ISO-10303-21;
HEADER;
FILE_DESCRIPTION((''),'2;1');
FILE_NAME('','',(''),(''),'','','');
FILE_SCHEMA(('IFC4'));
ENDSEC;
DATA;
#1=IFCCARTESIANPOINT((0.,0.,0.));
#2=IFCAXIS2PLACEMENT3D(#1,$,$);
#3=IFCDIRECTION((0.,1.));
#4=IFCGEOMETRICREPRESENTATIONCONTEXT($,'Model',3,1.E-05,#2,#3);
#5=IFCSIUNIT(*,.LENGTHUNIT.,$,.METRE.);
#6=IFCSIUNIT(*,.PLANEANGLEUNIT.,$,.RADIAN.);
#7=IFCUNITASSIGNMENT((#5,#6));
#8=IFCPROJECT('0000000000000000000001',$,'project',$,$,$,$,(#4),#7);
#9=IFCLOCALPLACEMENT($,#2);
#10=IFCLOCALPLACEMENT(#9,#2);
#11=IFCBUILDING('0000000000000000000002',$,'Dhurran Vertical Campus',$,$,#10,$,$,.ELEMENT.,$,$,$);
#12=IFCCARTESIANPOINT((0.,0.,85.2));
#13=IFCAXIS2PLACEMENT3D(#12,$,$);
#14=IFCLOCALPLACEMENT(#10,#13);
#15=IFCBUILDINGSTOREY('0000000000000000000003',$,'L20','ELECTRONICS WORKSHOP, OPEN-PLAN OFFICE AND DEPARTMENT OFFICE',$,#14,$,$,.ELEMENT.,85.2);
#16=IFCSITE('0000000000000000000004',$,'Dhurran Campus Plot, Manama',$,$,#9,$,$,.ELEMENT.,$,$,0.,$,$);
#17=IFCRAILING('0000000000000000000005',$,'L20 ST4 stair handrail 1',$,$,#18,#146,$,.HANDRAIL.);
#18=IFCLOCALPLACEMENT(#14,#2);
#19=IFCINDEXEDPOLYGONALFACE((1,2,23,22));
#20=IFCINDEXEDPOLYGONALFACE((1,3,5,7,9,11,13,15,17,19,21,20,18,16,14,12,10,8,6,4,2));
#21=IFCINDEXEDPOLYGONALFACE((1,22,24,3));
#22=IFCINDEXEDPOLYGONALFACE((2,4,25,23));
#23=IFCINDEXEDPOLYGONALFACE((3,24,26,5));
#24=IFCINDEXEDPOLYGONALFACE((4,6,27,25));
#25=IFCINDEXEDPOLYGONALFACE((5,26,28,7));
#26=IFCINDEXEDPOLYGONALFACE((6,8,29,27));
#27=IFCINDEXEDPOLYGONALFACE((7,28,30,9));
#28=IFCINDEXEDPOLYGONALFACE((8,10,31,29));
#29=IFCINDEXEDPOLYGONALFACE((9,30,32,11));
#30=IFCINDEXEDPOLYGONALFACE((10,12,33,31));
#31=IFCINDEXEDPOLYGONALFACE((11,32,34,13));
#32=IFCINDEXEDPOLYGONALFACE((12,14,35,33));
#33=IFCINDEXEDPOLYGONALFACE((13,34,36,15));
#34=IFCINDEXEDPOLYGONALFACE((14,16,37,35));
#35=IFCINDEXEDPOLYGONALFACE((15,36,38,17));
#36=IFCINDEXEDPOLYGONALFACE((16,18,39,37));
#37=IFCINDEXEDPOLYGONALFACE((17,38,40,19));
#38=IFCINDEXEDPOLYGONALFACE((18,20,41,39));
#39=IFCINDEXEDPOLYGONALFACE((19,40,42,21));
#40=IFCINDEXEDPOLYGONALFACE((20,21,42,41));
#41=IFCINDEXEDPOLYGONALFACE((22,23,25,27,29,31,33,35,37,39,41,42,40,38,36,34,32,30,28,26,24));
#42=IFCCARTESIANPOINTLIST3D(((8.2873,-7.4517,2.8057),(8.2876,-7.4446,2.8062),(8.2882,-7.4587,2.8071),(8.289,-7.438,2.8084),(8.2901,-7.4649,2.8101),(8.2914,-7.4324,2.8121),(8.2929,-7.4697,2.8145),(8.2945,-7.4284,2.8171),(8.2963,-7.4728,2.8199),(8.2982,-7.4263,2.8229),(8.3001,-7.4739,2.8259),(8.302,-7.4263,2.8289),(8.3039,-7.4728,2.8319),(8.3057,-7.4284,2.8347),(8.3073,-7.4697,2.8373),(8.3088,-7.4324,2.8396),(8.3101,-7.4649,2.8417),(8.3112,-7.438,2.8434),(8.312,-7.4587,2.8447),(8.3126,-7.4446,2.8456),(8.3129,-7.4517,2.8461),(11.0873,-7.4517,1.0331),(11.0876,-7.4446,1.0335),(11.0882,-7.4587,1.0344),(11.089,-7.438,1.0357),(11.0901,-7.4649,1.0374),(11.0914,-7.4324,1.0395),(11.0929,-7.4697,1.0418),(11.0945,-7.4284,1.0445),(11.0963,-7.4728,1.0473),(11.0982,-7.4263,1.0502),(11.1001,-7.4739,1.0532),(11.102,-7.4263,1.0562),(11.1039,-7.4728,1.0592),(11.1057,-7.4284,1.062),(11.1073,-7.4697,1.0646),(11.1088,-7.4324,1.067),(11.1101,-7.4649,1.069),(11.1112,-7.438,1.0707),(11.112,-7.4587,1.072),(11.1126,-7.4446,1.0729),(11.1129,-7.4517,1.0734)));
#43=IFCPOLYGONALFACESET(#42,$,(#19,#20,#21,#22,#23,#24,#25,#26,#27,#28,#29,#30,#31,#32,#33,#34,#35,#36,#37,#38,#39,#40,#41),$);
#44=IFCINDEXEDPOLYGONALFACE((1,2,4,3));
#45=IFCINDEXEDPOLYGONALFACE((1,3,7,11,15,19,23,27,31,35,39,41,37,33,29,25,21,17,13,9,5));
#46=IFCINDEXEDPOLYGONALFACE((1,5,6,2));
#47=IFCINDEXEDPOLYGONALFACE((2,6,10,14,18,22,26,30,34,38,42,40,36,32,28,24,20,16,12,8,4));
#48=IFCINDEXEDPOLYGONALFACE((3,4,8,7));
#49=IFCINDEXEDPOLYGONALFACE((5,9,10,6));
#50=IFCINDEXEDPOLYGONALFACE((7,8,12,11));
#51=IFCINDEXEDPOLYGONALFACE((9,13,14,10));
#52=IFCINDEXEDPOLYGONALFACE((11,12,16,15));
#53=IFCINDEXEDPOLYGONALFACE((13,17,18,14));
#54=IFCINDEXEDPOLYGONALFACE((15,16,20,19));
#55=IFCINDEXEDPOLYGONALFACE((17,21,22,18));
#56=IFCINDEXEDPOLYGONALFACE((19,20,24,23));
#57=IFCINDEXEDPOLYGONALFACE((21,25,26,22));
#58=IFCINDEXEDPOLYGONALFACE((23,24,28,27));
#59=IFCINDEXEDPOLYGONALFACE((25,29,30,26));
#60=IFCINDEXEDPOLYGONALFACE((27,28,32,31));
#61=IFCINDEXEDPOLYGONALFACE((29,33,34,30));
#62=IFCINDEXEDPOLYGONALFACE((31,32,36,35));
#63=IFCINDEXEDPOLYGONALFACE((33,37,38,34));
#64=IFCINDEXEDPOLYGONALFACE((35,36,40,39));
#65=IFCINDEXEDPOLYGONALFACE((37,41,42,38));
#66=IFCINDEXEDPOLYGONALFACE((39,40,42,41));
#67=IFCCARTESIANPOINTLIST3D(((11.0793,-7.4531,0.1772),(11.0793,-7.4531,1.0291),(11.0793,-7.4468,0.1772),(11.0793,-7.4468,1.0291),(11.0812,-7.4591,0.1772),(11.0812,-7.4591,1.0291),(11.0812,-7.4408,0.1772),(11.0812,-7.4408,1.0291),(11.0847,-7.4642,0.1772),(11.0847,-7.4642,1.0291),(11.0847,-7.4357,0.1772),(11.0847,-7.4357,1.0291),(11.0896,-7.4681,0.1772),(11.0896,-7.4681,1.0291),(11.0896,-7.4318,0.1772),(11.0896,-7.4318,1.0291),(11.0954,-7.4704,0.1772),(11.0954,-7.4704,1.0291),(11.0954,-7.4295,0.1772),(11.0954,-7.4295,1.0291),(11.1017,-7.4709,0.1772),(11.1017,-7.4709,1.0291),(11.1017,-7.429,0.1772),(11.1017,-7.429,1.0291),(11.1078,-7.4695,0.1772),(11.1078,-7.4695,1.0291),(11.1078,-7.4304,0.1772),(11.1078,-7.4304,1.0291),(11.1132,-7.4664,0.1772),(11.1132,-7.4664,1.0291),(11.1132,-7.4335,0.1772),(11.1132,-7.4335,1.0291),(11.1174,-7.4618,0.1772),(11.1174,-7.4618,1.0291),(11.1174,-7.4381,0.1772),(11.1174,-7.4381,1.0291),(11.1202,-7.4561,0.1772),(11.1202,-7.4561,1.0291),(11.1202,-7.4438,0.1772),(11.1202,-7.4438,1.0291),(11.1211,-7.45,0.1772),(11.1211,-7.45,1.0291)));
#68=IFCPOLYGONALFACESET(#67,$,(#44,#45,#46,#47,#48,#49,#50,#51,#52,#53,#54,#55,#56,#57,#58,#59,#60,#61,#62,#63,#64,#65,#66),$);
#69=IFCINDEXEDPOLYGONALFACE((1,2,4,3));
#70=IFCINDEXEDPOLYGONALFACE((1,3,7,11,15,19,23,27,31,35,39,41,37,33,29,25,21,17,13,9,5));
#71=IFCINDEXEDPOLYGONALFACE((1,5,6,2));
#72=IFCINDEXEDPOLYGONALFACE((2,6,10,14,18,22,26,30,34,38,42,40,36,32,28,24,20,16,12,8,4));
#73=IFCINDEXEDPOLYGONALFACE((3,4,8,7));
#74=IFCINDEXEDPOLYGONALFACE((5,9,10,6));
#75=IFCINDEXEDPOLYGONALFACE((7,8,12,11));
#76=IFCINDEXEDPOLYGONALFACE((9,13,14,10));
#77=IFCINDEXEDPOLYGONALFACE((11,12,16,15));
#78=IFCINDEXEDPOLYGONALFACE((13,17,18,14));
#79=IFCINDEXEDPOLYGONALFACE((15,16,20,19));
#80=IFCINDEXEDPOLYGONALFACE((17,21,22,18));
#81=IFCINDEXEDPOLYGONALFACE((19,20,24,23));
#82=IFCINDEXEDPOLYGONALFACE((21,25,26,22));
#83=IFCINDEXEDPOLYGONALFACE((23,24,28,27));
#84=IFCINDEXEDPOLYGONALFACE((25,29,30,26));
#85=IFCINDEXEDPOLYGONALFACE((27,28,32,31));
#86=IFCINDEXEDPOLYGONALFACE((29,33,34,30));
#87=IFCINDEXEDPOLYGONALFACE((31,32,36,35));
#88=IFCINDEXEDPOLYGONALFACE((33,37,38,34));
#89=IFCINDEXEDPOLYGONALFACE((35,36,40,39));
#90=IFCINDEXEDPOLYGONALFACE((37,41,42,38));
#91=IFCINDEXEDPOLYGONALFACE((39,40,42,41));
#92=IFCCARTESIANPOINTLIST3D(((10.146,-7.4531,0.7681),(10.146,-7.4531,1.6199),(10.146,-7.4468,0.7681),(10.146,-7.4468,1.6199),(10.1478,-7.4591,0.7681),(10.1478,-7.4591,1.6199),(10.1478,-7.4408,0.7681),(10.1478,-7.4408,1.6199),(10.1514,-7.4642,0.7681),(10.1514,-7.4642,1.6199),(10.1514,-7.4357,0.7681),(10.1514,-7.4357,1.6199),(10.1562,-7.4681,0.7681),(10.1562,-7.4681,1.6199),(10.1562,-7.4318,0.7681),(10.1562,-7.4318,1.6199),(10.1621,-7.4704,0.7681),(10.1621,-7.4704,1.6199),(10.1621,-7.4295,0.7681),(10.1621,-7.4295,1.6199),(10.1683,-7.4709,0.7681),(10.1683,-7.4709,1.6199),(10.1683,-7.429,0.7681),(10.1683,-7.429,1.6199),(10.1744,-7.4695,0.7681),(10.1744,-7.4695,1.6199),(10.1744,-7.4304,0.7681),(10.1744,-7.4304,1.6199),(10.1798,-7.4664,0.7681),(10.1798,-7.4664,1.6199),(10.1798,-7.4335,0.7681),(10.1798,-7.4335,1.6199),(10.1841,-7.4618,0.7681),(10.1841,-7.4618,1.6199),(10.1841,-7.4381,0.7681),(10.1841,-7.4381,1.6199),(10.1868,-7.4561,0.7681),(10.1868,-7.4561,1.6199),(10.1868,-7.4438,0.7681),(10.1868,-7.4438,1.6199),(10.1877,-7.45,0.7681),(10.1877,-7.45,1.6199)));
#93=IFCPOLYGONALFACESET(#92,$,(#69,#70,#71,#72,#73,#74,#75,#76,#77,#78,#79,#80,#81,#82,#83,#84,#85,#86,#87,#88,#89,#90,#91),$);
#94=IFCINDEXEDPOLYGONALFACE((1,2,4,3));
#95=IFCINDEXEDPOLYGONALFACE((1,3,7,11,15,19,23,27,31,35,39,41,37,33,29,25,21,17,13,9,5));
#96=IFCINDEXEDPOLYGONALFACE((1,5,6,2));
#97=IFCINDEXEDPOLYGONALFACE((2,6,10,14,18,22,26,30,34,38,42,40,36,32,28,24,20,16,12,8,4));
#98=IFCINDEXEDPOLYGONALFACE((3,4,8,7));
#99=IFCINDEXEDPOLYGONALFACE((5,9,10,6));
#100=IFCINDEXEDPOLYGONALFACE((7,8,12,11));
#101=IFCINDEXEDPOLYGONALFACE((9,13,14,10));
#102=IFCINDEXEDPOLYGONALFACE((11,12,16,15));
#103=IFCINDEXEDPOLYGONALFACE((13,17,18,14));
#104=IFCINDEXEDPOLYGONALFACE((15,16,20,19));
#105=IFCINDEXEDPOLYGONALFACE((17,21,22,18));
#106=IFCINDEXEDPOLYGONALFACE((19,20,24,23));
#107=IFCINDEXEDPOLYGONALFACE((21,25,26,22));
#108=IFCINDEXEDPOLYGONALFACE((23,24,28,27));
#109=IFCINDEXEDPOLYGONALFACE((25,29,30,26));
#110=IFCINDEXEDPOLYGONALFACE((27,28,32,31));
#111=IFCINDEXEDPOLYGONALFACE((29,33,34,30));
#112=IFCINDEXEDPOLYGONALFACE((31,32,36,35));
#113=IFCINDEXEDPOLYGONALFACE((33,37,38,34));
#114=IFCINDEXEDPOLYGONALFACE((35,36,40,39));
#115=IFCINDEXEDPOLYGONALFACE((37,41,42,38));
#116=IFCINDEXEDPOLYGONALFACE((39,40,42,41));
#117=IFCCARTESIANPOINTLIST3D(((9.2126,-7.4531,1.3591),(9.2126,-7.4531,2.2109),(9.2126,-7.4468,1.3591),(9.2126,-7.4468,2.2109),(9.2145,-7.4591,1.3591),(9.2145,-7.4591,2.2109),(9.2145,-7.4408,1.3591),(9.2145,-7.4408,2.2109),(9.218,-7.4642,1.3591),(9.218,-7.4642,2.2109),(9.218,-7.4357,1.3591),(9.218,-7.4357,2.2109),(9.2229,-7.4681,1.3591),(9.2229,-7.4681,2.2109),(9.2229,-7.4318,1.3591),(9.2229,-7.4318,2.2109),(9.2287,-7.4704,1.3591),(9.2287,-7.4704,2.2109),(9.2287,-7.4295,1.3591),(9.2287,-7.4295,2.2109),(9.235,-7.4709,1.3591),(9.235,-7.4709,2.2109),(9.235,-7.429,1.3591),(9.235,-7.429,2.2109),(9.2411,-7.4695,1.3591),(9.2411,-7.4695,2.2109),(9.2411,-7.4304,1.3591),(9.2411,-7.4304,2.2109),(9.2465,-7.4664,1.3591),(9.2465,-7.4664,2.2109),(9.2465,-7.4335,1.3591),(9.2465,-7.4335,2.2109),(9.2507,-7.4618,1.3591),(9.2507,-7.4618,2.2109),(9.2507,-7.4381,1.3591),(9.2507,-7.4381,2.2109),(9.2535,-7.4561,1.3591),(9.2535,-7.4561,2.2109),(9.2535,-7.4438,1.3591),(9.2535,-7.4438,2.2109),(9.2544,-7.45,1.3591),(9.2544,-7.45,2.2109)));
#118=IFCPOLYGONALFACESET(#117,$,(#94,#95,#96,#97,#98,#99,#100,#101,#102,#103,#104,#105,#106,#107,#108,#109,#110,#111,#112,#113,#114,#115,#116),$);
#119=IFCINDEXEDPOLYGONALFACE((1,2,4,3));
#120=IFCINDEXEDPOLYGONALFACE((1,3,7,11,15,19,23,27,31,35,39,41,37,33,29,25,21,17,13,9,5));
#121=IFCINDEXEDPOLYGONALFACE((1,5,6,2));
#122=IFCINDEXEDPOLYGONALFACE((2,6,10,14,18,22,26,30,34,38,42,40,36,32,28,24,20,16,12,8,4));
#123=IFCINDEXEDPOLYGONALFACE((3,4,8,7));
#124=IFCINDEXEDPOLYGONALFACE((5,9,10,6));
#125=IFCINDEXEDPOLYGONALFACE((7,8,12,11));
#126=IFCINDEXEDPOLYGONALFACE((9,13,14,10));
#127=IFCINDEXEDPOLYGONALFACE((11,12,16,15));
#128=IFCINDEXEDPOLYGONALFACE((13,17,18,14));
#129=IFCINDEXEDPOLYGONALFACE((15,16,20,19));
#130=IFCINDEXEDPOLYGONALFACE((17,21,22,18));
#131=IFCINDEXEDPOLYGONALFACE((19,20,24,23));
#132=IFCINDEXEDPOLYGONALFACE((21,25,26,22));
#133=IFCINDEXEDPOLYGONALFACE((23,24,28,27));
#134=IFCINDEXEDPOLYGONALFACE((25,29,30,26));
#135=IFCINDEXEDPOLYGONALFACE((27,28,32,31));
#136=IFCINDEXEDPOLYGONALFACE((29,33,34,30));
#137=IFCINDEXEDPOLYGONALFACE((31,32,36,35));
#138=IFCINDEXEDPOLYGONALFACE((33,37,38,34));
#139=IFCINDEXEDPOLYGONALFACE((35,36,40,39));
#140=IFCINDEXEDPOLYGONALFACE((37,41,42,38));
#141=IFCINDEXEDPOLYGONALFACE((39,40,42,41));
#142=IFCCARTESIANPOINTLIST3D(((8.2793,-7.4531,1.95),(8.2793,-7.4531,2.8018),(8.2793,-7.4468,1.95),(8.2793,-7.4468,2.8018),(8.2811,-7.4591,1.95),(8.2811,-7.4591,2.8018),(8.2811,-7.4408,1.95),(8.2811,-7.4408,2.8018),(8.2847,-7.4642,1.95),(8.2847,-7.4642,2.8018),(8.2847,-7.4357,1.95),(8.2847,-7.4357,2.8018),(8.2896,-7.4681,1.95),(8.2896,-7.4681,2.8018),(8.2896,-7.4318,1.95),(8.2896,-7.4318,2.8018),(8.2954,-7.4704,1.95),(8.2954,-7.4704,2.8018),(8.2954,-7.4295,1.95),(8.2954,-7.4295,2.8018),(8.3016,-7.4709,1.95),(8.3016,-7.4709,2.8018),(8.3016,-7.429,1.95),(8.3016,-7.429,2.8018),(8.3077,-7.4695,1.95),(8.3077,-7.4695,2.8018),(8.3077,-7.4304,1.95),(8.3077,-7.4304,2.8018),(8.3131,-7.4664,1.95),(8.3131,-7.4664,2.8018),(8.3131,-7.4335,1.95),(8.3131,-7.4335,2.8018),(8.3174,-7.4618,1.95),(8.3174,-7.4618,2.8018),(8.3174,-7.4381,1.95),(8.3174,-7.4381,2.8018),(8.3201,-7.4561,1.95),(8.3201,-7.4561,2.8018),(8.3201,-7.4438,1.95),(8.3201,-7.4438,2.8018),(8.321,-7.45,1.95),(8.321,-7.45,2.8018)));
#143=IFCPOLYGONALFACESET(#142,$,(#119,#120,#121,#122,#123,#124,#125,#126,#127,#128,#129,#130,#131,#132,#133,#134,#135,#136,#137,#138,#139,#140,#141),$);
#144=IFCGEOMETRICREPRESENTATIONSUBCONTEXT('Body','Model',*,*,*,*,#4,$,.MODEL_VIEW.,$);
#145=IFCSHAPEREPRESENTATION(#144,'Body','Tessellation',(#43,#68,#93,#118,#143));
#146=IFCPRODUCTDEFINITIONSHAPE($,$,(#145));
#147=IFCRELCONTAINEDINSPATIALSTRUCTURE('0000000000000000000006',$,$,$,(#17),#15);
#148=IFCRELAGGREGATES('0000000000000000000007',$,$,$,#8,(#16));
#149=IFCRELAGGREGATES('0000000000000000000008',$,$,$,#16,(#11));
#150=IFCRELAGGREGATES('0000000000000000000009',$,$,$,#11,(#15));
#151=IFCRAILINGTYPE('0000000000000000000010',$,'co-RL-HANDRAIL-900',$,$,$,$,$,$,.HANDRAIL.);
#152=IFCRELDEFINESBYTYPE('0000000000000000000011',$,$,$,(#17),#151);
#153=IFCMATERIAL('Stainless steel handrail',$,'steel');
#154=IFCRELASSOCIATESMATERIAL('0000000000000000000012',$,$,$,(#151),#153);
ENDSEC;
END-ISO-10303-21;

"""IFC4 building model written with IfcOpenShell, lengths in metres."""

from ifc_helpers import new_model, si_unit, direction, frame, origin, origin_2d, place, context, subcontext, project, spatial, circle, extrude, material, type_object, element, save


model = new_model("IFC4")

# Units and contexts
model_context = context("Model", 3, precision=1e-05, world=origin(), true_north=direction((0.0, 1.0)))
body_context = subcontext(model_context, "Body", "Model", "MODEL_VIEW")
ifc_project = project(units=[si_unit("LENGTHUNIT", "METRE"), si_unit("PLANEANGLEUNIT", "RADIAN")], contexts=[model_context])

# Site, building, storey
site_placement = place(None, origin())
site = spatial("IfcSite", under=ifc_project, at=site_placement, Name="Dhurran Campus Plot, Manama", CompositionType="ELEMENT", RefElevation=0.0)
building_placement = place(site_placement, origin())
building = spatial("IfcBuilding", under=site, at=building_placement, Name="Dhurran Vertical Campus", CompositionType="ELEMENT")
storey_placement = place(building_placement, frame((0.0, 0.0, 85.2)))
storey = spatial("IfcBuildingStorey", under=building, at=storey_placement, Name="L20", Description="ELECTRONICS WORKSHOP, OPEN-PLAN OFFICE AND DEPARTMENT OFFICE", CompositionType="ELEMENT", Elevation=85.2)

# Railing
ifc_material_1 = material(Name="Stainless steel handrail", Category="steel")
railing_type_1 = type_object("IfcRailingType", Name="co-RL-HANDRAIL-900", PredefinedType="HANDRAIL", material=ifc_material_1)
railing_1_placement = place(storey_placement, frame((11.1001, -7.45, 0.1772)))
element("IfcRailing", 1, at=railing_1_placement, inside=storey, type_object=railing_type_1, Name="L20 ST4 stair handrail 1", PredefinedType="HANDRAIL", context=body_context, shape_type="SweptSolid", body=[
    extrude(circle(Radius=0.0239, at=origin_2d()), frame((0.0, 0.0, 0.876), z_axis=(-0.844909, 0.0, 0.53491), x_axis=(0.0, -1.0, 0.0)), (0.0, 0.0, 1.0), 3.314),
    extrude(circle(Radius=0.021, at=origin_2d()), origin(), (0.0, 0.0, 1.0), 0.8518),
    extrude(circle(Radius=0.021, at=origin_2d()), frame((-0.9333, 0.0, 0.5908)), (0.0, 0.0, 1.0), 0.8518),
    extrude(circle(Radius=0.021, at=origin_2d()), frame((-1.8667, 0.0, 1.1819)), (0.0, 0.0, 1.0), 0.8518),
    extrude(circle(Radius=0.021, at=origin_2d()), frame((-2.8, 0.0, 1.7727)), (0.0, 0.0, 1.0), 0.8518),
])

save(model, "model.ifc")
